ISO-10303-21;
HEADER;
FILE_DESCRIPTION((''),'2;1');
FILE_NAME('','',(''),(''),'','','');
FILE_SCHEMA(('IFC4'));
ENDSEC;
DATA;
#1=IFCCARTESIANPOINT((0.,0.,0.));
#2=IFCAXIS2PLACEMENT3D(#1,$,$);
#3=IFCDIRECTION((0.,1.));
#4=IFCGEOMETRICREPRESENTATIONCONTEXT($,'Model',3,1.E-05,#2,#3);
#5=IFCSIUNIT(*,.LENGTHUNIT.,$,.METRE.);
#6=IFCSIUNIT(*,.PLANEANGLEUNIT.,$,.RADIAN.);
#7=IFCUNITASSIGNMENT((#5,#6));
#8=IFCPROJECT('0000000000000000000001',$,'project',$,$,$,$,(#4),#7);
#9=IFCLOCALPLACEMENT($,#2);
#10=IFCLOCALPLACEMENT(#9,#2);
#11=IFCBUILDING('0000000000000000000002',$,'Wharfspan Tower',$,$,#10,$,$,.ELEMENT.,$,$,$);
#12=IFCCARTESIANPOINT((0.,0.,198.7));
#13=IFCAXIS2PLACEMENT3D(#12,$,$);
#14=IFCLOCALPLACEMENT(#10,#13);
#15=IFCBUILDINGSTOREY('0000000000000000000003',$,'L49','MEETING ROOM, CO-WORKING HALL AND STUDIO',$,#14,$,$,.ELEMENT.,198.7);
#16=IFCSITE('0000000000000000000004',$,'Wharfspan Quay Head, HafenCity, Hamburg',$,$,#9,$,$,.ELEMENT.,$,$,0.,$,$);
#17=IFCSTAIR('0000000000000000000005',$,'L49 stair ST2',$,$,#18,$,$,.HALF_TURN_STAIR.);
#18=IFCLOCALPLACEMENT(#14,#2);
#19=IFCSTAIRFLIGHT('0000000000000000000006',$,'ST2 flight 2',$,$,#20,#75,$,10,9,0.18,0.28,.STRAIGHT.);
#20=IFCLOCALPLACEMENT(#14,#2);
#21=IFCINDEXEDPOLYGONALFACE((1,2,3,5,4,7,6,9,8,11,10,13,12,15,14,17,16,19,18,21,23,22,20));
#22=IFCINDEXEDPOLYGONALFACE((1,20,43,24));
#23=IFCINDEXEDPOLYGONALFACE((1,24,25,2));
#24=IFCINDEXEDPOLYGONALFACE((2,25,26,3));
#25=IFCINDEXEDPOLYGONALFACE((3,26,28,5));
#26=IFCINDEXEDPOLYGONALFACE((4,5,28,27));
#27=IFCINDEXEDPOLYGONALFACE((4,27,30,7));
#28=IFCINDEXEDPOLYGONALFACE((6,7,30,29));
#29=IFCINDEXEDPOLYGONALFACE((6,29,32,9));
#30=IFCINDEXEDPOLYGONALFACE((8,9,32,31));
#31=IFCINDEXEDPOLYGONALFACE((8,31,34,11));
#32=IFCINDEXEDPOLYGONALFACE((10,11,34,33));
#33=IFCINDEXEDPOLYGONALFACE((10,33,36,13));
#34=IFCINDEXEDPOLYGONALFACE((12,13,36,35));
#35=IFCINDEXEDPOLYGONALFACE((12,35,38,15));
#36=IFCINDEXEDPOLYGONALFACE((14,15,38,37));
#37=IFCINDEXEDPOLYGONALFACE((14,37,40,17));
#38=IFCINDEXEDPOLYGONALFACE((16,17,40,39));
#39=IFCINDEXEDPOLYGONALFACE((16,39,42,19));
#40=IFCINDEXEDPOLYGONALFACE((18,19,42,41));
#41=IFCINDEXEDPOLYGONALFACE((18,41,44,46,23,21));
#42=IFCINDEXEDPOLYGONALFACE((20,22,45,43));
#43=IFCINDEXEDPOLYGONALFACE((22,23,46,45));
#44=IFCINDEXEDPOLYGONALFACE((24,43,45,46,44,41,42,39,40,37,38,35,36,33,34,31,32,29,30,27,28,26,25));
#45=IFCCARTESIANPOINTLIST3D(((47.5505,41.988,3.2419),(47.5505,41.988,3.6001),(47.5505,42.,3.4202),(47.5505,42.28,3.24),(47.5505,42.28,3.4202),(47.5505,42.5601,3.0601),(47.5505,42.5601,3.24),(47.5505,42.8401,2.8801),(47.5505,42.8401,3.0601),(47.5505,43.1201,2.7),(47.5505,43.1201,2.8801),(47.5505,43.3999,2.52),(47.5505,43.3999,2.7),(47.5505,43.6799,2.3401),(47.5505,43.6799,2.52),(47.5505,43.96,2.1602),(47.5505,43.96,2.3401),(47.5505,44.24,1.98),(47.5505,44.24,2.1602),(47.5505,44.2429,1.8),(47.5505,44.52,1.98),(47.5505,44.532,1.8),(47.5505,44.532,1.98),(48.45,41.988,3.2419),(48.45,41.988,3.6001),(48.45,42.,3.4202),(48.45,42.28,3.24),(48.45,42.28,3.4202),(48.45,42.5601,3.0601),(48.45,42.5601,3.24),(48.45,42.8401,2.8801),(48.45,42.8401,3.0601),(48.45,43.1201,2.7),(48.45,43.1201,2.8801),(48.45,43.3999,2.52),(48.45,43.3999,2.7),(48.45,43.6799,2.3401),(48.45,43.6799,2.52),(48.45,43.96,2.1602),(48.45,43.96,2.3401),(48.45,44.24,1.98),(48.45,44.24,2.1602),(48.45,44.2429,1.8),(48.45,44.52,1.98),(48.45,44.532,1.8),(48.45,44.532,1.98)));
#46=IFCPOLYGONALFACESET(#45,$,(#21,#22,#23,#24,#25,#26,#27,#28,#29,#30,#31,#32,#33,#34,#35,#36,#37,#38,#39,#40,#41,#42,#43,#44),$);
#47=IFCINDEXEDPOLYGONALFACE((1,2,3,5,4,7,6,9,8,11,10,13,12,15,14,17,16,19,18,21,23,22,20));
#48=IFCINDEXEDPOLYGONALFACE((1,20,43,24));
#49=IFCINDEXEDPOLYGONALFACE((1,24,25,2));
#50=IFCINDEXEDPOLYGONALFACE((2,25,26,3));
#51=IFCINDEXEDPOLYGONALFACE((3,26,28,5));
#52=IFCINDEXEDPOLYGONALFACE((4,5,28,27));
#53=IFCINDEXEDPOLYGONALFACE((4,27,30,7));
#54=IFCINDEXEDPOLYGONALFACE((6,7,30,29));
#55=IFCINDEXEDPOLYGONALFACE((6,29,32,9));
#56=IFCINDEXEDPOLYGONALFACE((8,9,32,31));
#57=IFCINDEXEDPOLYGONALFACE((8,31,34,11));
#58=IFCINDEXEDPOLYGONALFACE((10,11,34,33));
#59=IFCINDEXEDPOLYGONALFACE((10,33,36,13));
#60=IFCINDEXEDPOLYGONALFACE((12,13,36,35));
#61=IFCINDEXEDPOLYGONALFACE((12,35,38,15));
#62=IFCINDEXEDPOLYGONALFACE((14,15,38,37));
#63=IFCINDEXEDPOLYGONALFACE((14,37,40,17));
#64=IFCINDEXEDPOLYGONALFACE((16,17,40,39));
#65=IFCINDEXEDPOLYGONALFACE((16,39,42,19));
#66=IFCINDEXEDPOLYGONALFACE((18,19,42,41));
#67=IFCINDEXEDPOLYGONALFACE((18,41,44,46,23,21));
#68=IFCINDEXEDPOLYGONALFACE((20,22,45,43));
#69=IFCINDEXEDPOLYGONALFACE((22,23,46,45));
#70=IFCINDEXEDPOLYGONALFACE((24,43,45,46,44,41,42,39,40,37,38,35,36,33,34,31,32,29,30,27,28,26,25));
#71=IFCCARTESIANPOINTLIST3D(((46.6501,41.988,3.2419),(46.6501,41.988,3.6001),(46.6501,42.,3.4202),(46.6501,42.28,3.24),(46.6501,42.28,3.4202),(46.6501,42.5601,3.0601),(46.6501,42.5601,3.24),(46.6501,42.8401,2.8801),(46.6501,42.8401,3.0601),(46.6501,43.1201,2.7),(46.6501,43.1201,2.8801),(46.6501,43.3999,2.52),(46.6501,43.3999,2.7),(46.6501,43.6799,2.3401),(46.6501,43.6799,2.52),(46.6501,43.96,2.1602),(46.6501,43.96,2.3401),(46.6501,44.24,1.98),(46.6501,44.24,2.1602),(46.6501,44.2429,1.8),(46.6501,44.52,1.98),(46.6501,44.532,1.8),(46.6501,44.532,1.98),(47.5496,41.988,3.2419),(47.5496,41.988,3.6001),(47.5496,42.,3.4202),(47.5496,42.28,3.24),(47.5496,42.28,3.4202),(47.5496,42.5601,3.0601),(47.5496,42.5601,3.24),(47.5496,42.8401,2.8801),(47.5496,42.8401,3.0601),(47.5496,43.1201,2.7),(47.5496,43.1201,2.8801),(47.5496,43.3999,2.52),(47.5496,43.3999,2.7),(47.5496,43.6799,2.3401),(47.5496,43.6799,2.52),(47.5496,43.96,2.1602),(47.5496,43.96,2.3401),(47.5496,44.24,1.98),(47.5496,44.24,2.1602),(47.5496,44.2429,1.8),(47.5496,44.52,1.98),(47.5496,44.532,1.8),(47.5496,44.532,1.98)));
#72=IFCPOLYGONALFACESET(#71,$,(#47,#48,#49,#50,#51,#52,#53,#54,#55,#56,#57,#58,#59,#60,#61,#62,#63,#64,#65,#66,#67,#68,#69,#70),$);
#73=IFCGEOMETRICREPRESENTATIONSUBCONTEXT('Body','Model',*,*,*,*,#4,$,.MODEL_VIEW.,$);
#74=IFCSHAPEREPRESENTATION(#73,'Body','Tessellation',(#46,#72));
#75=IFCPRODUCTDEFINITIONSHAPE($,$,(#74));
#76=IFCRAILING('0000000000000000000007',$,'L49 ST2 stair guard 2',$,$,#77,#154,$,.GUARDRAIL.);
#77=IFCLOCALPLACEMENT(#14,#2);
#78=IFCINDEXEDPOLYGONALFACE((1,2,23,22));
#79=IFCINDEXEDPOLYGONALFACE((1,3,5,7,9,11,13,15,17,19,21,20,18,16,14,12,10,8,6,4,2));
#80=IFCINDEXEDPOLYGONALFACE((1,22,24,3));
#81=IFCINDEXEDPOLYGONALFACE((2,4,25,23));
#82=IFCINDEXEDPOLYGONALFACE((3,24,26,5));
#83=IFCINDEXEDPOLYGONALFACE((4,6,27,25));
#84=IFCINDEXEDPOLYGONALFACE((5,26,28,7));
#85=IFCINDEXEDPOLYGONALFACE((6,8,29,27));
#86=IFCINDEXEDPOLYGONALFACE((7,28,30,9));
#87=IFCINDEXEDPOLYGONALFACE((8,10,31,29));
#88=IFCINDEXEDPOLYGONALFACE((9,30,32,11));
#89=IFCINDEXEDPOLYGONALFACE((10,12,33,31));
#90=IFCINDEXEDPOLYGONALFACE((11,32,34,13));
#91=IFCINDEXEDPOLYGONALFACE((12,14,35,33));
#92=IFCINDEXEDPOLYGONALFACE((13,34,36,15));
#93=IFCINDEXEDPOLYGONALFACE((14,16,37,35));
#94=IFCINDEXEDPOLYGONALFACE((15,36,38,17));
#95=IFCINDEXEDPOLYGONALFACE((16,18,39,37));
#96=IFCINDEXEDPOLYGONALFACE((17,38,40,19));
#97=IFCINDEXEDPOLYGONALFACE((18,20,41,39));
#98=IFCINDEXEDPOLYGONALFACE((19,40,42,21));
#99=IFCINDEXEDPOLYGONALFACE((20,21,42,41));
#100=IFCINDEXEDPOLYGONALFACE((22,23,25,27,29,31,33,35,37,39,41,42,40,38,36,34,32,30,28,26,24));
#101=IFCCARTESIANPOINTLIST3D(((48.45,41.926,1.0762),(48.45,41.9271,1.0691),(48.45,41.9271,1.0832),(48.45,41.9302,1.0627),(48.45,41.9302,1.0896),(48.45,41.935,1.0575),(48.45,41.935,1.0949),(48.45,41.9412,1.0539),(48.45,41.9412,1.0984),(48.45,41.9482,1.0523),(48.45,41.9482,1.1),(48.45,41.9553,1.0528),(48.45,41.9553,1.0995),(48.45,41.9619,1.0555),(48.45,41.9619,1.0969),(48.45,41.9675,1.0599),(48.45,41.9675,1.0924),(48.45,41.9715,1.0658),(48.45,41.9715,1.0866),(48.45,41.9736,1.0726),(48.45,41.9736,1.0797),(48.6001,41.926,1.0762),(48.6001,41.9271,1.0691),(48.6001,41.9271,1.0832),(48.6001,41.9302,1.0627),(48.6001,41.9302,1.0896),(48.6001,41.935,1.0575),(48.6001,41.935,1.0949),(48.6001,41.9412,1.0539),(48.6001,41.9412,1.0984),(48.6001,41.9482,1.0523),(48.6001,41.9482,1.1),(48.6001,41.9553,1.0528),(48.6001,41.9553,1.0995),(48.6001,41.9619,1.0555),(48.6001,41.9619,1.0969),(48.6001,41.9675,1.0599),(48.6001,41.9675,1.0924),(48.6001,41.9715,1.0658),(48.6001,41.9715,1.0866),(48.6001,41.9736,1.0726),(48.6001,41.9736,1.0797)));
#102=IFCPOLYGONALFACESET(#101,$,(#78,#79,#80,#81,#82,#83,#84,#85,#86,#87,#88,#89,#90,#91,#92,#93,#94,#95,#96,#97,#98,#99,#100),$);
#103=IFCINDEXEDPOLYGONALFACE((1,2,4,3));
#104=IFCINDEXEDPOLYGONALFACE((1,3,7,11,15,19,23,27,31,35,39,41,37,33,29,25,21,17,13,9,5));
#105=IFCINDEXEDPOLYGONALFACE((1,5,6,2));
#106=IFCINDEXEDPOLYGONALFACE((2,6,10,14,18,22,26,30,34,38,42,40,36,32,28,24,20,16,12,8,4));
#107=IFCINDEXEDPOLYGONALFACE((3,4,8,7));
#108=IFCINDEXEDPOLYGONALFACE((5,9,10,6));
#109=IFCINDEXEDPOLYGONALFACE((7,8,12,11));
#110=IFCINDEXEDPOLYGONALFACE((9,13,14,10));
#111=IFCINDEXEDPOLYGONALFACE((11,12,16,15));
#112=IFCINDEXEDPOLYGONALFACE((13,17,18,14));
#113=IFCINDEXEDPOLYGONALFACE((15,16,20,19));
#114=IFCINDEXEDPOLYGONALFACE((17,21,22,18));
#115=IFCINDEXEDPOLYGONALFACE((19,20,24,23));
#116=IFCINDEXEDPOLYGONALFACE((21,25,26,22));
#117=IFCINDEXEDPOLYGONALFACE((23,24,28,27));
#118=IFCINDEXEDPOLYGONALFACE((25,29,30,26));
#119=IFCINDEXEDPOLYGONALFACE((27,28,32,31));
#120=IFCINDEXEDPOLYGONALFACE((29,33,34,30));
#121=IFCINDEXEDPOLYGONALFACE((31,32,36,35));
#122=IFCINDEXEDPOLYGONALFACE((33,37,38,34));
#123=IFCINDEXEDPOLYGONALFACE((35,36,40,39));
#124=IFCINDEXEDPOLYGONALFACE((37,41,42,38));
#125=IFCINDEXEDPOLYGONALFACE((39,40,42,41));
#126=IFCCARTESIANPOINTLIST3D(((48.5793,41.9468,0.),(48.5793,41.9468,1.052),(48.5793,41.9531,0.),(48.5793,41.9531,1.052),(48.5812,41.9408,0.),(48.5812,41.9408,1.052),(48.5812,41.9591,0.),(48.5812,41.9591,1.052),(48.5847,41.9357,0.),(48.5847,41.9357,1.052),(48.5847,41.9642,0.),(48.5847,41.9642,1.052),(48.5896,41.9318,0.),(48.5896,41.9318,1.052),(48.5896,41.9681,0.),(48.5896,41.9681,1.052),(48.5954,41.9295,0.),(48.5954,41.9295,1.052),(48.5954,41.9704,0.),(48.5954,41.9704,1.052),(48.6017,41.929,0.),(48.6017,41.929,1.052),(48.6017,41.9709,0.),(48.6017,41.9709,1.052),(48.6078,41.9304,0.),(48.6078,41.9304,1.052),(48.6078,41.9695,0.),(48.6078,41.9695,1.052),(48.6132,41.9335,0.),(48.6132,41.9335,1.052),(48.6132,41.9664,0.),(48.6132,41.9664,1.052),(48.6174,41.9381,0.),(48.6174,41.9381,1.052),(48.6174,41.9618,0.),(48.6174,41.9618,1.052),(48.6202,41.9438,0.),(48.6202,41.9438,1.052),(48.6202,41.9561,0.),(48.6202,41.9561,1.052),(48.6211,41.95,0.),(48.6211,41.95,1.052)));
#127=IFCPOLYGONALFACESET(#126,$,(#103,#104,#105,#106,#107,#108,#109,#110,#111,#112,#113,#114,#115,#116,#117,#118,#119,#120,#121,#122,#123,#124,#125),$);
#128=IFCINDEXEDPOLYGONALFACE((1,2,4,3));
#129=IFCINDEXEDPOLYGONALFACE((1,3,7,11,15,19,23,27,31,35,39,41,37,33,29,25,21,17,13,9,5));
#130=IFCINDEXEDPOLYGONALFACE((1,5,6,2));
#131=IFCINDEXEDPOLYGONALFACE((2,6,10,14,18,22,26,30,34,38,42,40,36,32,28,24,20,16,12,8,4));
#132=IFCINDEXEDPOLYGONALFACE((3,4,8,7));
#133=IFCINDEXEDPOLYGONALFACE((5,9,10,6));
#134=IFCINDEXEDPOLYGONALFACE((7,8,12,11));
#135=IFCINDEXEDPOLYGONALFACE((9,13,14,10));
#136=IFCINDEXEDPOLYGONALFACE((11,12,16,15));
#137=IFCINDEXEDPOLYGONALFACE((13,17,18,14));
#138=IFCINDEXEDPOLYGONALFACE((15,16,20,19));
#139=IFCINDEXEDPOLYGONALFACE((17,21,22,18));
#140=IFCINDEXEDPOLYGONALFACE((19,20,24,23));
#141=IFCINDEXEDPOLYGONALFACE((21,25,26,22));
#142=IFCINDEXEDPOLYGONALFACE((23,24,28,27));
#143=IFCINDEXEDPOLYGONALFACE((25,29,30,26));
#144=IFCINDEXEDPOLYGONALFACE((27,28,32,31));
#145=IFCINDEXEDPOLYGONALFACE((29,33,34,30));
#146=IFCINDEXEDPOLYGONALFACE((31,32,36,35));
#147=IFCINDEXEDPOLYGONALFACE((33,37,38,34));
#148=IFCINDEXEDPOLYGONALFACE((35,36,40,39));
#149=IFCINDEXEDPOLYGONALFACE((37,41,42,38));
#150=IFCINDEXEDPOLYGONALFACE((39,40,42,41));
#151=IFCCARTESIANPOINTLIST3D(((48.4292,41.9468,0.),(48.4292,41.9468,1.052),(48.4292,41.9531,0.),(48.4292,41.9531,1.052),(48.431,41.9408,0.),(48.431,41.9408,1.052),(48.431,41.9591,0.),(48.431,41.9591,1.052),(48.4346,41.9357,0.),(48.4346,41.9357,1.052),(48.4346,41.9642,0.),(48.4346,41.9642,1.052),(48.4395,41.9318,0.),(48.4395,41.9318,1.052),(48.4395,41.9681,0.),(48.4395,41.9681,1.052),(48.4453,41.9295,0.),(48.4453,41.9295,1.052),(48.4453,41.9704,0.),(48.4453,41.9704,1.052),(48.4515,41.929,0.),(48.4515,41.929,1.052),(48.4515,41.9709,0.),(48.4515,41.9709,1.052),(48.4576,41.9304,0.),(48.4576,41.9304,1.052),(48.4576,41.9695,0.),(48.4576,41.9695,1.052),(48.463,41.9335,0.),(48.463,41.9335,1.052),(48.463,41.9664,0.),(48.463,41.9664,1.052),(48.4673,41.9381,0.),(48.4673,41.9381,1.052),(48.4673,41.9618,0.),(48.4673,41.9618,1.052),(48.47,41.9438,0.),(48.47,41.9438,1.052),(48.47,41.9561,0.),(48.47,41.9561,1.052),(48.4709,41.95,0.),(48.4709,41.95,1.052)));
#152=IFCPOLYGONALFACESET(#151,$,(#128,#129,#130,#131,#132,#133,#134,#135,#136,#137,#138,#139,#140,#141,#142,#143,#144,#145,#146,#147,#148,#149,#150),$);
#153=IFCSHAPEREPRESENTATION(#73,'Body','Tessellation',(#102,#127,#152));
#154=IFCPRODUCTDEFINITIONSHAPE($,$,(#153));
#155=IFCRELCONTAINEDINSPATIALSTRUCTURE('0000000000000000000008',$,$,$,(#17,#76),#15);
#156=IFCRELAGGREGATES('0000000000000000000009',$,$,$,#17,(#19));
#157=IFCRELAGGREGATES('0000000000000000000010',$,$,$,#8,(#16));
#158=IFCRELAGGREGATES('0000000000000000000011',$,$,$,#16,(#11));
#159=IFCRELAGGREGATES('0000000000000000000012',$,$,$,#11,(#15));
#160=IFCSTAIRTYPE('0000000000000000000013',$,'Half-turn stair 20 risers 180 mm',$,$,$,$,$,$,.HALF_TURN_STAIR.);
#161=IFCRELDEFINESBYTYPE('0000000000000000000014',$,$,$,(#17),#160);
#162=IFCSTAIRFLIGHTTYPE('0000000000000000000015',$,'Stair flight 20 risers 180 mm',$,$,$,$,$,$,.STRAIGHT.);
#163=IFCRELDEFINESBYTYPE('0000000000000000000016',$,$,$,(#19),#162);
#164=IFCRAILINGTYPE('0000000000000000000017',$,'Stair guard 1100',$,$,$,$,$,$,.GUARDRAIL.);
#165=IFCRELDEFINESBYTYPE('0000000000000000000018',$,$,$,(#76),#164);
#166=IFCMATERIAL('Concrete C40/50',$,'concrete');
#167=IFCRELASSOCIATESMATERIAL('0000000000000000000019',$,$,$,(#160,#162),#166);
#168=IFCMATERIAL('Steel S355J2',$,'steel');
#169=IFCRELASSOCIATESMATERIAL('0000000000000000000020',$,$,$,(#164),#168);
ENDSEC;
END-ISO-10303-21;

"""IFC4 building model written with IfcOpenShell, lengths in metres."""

from ifc_helpers import new_model, si_unit, direction, frame, origin, origin_2d, place, context, subcontext, project, spatial, polyline, circle, outline, extrude, material, type_object, element, aggregate, save


model = new_model("IFC4")

# Units and contexts
model_context = context("Model", 3, precision=1e-05, world=origin(), true_north=direction((0.0, 1.0)))
body_context = subcontext(model_context, "Body", "Model", "MODEL_VIEW")
ifc_project = project(units=[si_unit("LENGTHUNIT", "METRE"), si_unit("PLANEANGLEUNIT", "RADIAN")], contexts=[model_context])

# Site, building, storey
site_placement = place(None, origin())
site = spatial("IfcSite", under=ifc_project, at=site_placement, Name="Wharfspan Quay Head, HafenCity, Hamburg", CompositionType="ELEMENT", RefElevation=0.0)
building_placement = place(site_placement, origin())
building = spatial("IfcBuilding", under=site, at=building_placement, Name="Wharfspan Tower", CompositionType="ELEMENT")
storey_placement = place(building_placement, frame((0.0, 0.0, 198.7)))
storey = spatial("IfcBuildingStorey", under=building, at=storey_placement, Name="L49", Description="MEETING ROOM, CO-WORKING HALL AND STUDIO", CompositionType="ELEMENT", Elevation=198.7)

# Shared definitions
ifc_material_1 = material(Name="Steel S355J2", Category="steel")

# Shared definitions
ifc_material_2 = material(Name="Concrete C40/50", Category="concrete")

# Stair, stair flight
stair_type = type_object("IfcStairType", Name="Half-turn stair 20 risers 180 mm", PredefinedType="HALF_TURN_STAIR", material=ifc_material_2)
stair_placement = place(storey_placement, origin())
stair = element("IfcStair", 1, at=stair_placement, inside=storey, type_object=stair_type, Name="L49 stair ST2", PredefinedType="HALF_TURN_STAIR")
stair_flight_type = type_object("IfcStairFlightType", Name="Stair flight 20 risers 180 mm", PredefinedType="STRAIGHT", material=ifc_material_2)
stair_flight_placement = place(storey_placement, frame((47.55, 44.52, 1.8), z_axis=(0.0, 0.0, 1.0), x_axis=(0.0, -1.0, 0.0)))
stair_flight = element("IfcStairFlight", 2, at=stair_flight_placement, type_object=stair_flight_type, Name="ST2 flight 2", NumberOfRisers=10, NumberOfTreads=9, PredefinedType="STRAIGHT", RiserHeight=0.18, TreadLength=0.28, context=body_context, shape_type="SweptSolid", body=[
    extrude(outline(polyline([(-0.012, 0.0), (-0.012, 0.1799), (0.0, 0.1799), (0.28, 0.1799), (0.28, 0.3601), (0.5601, 0.3601), (0.5601, 0.54), (0.8401, 0.54), (0.8401, 0.72), (1.1201, 0.72), (1.1201, 0.8999), (1.3999, 0.8999), (1.3999, 1.0801), (1.6799, 1.0801), (1.6799, 1.26), (1.96, 1.26), (1.96, 1.4399), (2.24, 1.4399), (2.24, 1.6201), (2.52, 1.6201), (2.532, 1.8), (2.532, 1.4419), (0.2771, 0.0), (-0.012, 0.0)])), frame((0.0, 0.8999, 0.0), z_axis=(0.0, -1.0, 0.0), x_axis=(1.0, 0.0, 0.0)), (0.0, 0.0, 1.0), 0.8994),
    extrude(outline(polyline([(-0.012, 0.0), (-0.012, 0.1799), (0.0, 0.1799), (0.28, 0.1799), (0.28, 0.3601), (0.5601, 0.3601), (0.5601, 0.54), (0.8401, 0.54), (0.8401, 0.72), (1.1201, 0.72), (1.1201, 0.8999), (1.3999, 0.8999), (1.3999, 1.0801), (1.6799, 1.0801), (1.6799, 1.26), (1.96, 1.26), (1.96, 1.4399), (2.24, 1.4399), (2.24, 1.6201), (2.52, 1.6201), (2.532, 1.8), (2.532, 1.4419), (0.2771, 0.0), (-0.012, 0.0)])), frame((0.0, -0.0005, 0.0), z_axis=(0.0, -1.0, 0.0), x_axis=(1.0, 0.0, 0.0)), (0.0, 0.0, 1.0), 0.8994),
])
aggregate(stair, [stair_flight])

# Railing
railing_type_1 = type_object("IfcRailingType", Name="Stair guard 1100", PredefinedType="GUARDRAIL", material=ifc_material_1)
railing_1_placement = place(storey_placement, frame((48.6001, 41.95, 0.0)))
element("IfcRailing", 3, at=railing_1_placement, inside=storey, type_object=railing_type_1, Name="L49 ST2 stair guard 2", PredefinedType="GUARDRAIL", context=body_context, shape_type="SweptSolid", body=[
    extrude(circle(Radius=0.0239, at=origin_2d()), frame((0.0, 0.0, 1.0762), z_axis=(-1.0, 0.0, 0.0), x_axis=(0.0, -1.0, 0.0)), (0.0, 0.0, 1.0), 0.1501),
    extrude(circle(Radius=0.021, at=origin_2d()), origin(), (0.0, 0.0, 1.0), 1.052),
    extrude(circle(Radius=0.021, at=origin_2d()), frame((-0.1501, 0.0, 0.0)), (0.0, 0.0, 1.0), 1.052),
])

save(model, "model.ifc")
